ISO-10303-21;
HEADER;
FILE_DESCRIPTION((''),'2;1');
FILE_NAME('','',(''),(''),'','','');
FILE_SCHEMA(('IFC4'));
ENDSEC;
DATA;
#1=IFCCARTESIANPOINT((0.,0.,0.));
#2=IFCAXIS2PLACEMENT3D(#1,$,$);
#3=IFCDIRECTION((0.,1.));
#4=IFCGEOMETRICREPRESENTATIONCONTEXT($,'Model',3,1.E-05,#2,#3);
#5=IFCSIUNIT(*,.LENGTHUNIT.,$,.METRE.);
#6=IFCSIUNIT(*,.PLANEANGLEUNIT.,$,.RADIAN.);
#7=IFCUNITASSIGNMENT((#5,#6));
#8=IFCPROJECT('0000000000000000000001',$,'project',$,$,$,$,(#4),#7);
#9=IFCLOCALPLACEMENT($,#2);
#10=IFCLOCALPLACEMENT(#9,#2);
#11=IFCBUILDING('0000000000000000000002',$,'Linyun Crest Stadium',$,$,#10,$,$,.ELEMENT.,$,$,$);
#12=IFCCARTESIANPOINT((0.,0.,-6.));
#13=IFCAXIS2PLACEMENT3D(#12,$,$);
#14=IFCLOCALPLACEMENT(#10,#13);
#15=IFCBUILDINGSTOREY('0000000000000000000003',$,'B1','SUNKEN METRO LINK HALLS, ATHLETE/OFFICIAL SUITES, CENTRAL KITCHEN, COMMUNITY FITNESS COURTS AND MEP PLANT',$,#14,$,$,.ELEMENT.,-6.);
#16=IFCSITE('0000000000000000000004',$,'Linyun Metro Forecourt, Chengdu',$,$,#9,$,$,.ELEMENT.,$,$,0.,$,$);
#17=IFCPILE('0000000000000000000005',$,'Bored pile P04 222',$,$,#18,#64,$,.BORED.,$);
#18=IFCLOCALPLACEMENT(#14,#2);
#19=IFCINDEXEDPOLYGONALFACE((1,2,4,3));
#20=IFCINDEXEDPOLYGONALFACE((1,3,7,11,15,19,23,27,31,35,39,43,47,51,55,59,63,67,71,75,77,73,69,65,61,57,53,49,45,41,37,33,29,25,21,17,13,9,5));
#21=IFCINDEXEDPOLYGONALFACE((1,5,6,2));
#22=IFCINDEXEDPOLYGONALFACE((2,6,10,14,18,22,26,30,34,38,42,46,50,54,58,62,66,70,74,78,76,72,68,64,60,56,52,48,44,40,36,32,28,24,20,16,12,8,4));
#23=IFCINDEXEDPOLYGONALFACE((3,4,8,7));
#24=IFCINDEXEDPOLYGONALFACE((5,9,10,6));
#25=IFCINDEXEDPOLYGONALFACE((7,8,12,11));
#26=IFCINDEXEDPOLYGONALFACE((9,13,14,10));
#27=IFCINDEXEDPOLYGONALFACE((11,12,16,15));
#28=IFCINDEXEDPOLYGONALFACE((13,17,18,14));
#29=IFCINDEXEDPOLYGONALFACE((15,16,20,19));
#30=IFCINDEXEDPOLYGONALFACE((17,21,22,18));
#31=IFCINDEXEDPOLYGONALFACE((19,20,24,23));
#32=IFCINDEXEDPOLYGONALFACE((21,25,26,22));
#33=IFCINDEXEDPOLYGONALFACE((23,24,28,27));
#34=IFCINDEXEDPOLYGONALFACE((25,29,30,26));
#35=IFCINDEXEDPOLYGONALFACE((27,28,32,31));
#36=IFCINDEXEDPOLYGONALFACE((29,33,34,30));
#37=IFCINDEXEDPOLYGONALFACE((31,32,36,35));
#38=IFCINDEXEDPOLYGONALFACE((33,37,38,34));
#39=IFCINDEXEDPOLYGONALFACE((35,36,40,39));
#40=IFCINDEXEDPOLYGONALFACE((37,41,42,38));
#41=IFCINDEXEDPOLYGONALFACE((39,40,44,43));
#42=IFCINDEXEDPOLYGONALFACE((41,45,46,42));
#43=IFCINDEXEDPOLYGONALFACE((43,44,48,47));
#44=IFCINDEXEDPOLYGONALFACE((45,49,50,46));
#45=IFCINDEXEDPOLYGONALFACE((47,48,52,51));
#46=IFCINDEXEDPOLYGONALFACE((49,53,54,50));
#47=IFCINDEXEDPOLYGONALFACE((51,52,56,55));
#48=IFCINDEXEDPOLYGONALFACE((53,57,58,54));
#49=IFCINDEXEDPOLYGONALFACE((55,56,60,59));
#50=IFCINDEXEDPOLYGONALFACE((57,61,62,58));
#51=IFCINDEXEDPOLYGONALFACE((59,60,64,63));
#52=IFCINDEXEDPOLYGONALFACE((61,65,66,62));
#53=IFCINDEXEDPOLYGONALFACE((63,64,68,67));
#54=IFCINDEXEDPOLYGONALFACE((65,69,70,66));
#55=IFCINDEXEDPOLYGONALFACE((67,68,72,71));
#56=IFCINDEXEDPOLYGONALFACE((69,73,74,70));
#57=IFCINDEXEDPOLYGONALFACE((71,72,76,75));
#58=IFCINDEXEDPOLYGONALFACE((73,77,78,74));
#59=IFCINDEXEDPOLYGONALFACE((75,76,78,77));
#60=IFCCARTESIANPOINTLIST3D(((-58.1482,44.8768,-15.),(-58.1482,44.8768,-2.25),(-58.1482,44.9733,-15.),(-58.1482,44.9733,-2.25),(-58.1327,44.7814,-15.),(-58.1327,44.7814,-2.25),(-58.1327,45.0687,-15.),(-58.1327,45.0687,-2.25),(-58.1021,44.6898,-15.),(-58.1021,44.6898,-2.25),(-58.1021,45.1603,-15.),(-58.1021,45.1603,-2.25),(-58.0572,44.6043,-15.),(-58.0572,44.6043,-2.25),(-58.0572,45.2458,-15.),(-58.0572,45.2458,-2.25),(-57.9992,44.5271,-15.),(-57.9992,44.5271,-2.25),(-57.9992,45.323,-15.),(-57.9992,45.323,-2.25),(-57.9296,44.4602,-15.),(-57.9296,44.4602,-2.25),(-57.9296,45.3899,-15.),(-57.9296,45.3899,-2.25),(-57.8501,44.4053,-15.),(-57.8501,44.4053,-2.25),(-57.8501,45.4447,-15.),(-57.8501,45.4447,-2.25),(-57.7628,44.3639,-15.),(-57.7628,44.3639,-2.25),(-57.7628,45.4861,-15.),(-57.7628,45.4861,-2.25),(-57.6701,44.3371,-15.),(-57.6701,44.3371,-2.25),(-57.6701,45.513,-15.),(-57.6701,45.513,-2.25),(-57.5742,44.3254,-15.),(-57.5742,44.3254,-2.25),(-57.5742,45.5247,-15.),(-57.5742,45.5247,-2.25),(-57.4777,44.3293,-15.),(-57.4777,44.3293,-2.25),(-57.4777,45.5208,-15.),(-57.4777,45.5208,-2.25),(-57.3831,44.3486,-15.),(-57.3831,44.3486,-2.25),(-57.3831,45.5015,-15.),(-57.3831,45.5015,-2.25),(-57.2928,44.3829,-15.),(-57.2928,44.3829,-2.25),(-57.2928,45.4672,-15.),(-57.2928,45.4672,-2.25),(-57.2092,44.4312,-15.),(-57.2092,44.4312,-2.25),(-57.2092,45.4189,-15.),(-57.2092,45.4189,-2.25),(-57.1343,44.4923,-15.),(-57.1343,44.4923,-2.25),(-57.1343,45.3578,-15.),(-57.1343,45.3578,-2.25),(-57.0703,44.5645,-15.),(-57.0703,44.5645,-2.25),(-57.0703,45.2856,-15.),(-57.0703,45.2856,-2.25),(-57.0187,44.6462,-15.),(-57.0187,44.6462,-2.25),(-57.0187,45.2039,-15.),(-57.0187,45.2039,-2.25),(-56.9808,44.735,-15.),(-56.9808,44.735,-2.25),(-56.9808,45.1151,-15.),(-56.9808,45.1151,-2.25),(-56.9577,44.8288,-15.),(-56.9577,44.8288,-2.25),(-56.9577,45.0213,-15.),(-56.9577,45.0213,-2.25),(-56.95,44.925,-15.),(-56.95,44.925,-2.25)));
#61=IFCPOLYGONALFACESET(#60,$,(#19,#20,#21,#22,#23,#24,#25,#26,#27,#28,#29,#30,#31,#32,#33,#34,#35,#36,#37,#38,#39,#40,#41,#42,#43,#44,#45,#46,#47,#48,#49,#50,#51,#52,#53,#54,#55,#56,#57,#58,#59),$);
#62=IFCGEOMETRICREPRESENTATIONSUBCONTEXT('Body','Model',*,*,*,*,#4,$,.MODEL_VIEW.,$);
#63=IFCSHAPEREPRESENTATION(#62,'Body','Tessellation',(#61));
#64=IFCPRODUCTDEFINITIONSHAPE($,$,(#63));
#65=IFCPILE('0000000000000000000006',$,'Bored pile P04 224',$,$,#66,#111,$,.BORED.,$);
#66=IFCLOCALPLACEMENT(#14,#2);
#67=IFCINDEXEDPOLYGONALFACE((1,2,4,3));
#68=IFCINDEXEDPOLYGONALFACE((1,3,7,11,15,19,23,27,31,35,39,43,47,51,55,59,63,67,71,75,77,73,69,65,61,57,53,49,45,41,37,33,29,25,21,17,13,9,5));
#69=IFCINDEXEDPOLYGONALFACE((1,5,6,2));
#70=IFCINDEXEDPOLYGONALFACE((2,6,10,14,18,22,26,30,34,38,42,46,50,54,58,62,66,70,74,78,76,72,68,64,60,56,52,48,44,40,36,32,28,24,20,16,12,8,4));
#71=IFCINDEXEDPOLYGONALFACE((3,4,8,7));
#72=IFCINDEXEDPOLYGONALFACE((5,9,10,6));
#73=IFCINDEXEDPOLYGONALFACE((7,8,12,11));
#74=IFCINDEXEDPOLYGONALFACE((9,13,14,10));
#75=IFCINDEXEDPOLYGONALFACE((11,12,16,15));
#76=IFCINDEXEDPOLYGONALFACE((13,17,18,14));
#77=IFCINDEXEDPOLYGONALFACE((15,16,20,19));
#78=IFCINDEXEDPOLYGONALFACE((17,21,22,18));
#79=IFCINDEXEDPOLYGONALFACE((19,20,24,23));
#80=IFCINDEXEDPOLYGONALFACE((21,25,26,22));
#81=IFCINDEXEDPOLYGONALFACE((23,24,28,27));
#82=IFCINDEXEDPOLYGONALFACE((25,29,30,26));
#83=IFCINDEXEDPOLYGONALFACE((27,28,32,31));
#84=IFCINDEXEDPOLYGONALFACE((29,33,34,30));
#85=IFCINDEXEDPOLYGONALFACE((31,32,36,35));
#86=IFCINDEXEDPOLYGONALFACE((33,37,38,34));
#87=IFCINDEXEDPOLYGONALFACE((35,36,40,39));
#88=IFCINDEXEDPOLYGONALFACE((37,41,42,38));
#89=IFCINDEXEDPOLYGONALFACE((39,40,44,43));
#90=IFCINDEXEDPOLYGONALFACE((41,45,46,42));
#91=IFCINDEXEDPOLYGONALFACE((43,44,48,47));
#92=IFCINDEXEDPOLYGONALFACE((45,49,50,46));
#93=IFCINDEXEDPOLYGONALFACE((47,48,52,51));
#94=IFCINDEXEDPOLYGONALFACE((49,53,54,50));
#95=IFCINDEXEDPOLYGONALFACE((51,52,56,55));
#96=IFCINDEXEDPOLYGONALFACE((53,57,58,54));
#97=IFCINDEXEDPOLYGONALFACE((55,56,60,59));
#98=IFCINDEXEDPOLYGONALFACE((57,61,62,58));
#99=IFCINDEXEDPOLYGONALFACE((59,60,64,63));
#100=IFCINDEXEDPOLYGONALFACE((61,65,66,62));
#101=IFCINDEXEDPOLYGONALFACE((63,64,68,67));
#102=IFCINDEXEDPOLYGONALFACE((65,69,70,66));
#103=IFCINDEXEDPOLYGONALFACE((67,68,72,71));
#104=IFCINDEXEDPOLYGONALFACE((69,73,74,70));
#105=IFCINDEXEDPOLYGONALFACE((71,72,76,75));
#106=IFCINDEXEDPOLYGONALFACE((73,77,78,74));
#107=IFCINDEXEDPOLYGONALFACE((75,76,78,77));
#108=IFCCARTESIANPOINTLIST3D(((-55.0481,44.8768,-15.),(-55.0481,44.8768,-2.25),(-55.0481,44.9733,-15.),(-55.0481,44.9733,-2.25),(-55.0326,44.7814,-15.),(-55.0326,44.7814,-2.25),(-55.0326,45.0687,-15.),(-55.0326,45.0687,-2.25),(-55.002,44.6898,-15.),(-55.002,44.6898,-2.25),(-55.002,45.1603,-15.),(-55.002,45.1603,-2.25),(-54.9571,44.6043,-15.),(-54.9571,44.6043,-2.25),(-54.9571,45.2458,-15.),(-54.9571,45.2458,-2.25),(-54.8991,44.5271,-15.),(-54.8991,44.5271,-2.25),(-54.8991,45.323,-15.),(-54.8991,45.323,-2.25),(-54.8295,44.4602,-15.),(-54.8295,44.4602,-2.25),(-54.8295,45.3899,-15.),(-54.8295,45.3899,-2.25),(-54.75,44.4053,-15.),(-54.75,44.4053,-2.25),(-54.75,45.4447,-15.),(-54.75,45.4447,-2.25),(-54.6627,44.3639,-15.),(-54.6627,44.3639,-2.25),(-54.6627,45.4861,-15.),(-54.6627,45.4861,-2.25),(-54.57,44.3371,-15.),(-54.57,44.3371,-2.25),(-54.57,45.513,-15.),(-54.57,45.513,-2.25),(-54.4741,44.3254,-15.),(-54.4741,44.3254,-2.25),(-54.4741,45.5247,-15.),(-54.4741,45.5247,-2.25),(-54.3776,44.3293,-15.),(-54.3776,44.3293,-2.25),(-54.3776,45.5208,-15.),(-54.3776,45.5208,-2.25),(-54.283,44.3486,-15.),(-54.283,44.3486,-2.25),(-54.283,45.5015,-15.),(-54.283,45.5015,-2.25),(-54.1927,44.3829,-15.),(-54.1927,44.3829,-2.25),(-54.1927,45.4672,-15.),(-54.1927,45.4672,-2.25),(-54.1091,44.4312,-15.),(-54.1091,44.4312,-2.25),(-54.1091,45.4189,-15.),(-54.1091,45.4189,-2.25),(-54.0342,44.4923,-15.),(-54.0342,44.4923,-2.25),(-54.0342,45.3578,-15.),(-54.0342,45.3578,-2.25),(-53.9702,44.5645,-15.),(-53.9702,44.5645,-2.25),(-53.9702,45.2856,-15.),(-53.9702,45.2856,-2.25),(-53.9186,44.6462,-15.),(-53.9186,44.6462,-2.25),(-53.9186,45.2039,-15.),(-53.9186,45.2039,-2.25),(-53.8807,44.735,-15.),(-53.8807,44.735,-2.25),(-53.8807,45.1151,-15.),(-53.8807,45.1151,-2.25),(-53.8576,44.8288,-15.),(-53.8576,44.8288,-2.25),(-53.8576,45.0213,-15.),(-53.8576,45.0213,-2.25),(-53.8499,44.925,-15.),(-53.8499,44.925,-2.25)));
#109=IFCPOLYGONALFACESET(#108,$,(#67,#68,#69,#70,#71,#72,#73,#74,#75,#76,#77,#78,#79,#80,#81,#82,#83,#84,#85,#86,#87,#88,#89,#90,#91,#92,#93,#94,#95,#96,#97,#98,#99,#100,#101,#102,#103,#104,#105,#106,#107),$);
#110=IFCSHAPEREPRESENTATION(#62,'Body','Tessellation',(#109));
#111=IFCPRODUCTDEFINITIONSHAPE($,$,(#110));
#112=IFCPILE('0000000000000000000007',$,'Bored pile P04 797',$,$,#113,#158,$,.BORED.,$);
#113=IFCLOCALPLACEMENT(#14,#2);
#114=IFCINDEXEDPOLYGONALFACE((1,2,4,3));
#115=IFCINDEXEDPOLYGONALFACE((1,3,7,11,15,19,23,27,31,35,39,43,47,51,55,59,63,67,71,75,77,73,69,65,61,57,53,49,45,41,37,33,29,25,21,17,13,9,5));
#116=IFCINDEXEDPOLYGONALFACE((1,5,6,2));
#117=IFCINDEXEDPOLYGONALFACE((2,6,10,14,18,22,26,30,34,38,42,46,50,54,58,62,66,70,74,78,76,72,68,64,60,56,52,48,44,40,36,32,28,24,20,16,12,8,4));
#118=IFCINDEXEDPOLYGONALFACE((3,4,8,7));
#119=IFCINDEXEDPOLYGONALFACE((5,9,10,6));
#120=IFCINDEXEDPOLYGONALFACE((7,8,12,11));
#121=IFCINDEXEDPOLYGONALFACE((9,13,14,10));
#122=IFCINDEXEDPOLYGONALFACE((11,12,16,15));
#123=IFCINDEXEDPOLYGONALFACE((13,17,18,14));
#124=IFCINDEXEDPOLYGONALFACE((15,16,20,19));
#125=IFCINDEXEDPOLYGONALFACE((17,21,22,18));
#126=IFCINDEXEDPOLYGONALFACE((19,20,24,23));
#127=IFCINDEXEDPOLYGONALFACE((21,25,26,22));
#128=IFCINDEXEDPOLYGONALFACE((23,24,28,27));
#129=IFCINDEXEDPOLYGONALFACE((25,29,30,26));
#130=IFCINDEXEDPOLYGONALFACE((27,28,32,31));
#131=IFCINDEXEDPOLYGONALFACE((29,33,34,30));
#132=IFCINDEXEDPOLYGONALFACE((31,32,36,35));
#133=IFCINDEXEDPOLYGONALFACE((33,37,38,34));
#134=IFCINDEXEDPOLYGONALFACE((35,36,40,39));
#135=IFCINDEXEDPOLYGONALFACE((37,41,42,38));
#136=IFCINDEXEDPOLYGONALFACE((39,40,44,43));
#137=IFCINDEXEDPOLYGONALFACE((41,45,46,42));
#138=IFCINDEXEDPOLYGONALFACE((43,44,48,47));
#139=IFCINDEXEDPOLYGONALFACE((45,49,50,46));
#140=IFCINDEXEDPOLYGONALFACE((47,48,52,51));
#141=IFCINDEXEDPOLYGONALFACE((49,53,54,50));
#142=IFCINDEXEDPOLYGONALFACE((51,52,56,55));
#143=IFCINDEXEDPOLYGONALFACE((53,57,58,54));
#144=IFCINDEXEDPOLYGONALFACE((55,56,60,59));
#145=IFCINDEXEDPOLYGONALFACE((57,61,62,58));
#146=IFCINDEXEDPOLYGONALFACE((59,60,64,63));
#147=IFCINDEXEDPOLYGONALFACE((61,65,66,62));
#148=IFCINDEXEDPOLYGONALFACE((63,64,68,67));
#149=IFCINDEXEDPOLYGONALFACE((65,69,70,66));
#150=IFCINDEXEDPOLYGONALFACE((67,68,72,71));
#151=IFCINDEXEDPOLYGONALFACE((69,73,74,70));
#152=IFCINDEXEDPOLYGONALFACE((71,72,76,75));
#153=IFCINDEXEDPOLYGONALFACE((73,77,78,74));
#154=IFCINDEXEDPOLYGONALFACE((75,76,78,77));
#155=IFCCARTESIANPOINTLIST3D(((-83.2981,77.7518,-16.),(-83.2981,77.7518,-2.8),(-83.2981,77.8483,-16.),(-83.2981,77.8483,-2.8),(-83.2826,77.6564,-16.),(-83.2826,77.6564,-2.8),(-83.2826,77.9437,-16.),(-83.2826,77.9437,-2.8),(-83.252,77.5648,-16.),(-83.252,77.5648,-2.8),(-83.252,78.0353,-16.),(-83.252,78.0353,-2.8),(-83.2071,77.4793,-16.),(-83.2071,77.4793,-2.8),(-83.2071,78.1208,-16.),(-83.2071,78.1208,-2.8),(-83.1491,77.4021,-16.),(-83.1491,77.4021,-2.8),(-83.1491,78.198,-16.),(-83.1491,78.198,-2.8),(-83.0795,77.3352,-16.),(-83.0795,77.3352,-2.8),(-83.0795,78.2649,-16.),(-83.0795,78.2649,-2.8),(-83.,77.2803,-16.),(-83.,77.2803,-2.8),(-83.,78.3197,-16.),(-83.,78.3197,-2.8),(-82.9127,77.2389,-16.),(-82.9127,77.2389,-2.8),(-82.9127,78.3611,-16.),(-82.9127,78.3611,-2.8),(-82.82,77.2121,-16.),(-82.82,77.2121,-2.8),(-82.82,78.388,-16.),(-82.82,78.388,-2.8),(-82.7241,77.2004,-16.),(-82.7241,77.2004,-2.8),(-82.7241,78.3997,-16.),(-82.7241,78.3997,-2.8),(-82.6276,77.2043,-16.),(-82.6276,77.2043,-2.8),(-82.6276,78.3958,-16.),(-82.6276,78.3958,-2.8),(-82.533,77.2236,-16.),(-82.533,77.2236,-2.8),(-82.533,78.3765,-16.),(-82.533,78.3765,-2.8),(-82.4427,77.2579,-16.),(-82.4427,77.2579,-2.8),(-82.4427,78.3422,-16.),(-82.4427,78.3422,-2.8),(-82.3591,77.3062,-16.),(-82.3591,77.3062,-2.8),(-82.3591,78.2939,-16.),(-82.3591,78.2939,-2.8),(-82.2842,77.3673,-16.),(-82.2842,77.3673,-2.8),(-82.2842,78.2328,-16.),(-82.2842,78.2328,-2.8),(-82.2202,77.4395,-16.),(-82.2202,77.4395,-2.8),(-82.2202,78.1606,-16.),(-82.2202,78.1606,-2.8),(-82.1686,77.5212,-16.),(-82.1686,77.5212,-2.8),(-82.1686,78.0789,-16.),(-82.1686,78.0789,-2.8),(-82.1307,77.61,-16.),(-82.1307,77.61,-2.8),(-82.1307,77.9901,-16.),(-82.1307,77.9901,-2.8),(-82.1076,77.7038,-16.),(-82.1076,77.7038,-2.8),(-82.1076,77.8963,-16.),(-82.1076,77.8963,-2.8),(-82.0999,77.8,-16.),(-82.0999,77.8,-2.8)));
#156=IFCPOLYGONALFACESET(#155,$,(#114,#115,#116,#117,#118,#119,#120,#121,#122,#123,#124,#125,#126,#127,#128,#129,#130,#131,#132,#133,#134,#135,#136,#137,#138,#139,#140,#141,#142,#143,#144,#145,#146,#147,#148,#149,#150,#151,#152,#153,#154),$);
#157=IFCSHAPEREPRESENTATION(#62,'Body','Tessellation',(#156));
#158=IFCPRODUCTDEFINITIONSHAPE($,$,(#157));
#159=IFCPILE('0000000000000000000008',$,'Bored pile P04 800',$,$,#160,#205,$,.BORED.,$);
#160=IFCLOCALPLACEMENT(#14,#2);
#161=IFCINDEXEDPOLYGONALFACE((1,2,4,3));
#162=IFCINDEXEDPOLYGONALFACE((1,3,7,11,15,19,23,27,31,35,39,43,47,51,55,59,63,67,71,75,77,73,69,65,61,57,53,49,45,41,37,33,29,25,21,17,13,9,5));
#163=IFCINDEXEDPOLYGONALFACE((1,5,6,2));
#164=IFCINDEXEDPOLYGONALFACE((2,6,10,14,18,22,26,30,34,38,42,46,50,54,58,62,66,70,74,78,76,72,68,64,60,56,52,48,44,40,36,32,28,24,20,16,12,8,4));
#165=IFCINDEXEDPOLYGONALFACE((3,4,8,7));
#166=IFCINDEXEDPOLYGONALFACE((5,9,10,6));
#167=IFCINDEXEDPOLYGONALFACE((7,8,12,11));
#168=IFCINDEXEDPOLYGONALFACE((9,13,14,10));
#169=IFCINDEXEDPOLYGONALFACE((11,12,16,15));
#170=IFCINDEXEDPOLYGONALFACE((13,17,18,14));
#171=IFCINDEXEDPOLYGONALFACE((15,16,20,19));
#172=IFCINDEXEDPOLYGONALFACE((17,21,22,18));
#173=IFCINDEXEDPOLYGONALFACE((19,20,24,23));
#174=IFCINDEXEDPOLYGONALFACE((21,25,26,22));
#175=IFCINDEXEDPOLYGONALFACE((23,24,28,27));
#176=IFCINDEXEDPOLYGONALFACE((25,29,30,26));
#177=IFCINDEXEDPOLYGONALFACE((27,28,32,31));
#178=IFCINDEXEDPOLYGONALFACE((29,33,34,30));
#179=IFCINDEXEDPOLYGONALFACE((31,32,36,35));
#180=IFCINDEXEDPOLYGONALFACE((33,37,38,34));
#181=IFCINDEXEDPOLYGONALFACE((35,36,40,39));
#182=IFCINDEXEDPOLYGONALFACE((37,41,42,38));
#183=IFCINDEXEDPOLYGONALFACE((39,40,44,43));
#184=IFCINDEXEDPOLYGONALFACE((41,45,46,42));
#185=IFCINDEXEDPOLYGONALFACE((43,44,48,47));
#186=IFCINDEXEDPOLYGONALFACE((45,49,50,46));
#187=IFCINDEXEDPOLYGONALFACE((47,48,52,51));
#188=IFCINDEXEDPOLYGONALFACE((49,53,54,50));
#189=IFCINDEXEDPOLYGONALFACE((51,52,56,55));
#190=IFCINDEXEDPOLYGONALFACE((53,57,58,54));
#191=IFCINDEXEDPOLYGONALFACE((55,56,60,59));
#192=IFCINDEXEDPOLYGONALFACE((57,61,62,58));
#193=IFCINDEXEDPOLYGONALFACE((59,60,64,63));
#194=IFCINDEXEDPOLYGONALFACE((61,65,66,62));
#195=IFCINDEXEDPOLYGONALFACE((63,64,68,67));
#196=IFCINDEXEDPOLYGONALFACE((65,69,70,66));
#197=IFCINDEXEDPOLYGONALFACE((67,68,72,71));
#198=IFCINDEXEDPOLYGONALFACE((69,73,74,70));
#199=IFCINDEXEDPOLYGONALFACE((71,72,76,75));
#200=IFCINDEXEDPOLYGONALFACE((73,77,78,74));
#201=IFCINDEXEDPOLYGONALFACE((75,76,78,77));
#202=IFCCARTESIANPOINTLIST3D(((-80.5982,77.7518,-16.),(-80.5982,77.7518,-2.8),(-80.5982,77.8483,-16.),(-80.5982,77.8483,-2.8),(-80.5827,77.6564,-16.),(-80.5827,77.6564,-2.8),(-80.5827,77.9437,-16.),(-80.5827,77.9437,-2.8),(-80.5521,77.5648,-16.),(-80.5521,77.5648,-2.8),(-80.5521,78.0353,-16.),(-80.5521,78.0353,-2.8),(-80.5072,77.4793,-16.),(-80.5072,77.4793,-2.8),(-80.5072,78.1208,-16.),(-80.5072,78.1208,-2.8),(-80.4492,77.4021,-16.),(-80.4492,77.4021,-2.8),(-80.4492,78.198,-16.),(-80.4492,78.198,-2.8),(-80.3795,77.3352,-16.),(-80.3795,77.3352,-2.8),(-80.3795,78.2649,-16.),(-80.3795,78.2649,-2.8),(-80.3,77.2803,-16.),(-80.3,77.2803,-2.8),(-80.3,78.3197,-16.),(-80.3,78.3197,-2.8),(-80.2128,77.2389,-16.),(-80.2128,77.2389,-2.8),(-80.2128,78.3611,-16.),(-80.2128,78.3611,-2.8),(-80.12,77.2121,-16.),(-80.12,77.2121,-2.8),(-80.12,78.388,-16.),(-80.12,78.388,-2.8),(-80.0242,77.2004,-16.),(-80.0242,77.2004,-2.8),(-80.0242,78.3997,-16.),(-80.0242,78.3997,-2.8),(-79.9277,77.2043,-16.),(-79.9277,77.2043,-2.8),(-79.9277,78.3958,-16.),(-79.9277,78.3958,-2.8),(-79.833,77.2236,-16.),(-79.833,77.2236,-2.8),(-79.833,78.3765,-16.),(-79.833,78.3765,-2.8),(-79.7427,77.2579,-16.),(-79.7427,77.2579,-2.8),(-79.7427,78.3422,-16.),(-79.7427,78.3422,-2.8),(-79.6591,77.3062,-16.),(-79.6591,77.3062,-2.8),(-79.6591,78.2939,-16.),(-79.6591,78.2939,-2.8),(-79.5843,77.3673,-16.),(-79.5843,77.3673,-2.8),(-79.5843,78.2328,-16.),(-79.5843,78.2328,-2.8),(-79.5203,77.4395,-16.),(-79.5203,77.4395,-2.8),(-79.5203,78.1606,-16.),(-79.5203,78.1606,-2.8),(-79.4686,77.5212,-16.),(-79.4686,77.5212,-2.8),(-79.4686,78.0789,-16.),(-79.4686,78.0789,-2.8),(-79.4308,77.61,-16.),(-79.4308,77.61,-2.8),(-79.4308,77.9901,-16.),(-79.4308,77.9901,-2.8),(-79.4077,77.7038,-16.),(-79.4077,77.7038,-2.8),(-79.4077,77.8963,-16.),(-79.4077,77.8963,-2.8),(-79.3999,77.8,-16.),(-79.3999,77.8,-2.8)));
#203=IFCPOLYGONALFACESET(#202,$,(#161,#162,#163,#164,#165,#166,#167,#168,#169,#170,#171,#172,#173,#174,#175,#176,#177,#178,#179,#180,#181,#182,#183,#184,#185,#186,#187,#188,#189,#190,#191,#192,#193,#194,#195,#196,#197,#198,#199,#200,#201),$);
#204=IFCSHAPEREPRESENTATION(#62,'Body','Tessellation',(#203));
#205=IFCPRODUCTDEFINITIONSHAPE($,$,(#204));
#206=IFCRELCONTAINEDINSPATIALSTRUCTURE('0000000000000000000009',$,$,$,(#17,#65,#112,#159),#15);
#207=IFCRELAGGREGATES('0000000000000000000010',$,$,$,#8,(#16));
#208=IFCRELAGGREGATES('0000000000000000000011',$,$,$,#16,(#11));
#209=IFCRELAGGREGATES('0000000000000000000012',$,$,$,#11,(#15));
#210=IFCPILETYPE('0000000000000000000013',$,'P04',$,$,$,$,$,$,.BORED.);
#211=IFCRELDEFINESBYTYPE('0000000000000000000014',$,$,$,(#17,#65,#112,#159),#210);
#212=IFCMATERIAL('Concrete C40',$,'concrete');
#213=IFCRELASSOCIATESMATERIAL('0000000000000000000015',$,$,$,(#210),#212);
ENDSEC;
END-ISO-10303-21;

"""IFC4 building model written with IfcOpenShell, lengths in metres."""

from ifc_helpers import new_model, si_unit, direction, frame, origin, origin_2d, place, context, subcontext, project, spatial, circle, extrude, material, material_profile, profile_set, type_object, element, save


model = new_model("IFC4")

# Units and contexts
model_context = context("Model", 3, precision=1e-05, world=origin(), true_north=direction((0.0, 1.0)))
body_context = subcontext(model_context, "Body", "Model", "MODEL_VIEW")
ifc_project = project(units=[si_unit("LENGTHUNIT", "METRE"), si_unit("PLANEANGLEUNIT", "RADIAN")], contexts=[model_context])

# Site, building, storey
site_placement = place(None, origin())
site = spatial("IfcSite", under=ifc_project, at=site_placement, Name="Linyun Metro Forecourt, Chengdu", CompositionType="ELEMENT", RefElevation=0.0)
building_placement = place(site_placement, origin())
building = spatial("IfcBuilding", under=site, at=building_placement, Name="Linyun Crest Stadium", CompositionType="ELEMENT")
storey_placement = place(building_placement, frame((0.0, 0.0, -6.0)))
storey = spatial("IfcBuildingStorey", under=building, at=storey_placement, Name="B1", Description="SUNKEN METRO LINK HALLS, ATHLETE/OFFICIAL SUITES, CENTRAL KITCHEN, COMMUNITY FITNESS COURTS AND MEP PLANT", CompositionType="ELEMENT", Elevation=-6.0)

# Piles
ifc_material_1 = material(Name="Concrete C40", Category="concrete")
ifc_material_profile_1 = material_profile(ifc_material_1, circle(Radius=0.6001, at=origin_2d()), Name="BORED PILE 1200")
ifc_profile_set_1 = profile_set([ifc_material_profile_1], Name="Concrete C40")
pile_type = type_object("IfcPileType", Name="P04", PredefinedType="BORED", material=ifc_profile_set_1)
for number, where, z_axis, x_axis, name in (
    (1, (-57.55, 44.925, -2.25), (0.0, 0.0, -1.0), (1.0, 0.0, 0.0), "Bored pile P04 222"),
    (2, (-54.45, 44.925, -2.25), (0.0, 0.0, -1.0), (1.0, 0.0, 0.0), "Bored pile P04 224"),
):
    element("IfcPile", number, at=place(storey_placement, frame(where, z_axis=z_axis, x_axis=x_axis)), inside=storey, type_object=pile_type, Name=name, PredefinedType="BORED", context=body_context, shape_type="SweptSolid", body=[
        extrude(circle(Radius=0.6001, at=origin_2d()), origin(), (0.0, 0.0, 1.0), 12.75),
    ])
for number, where, z_axis, x_axis, name in (
    (3, (-82.7, 77.8, -2.8), (0.0, 0.0, -1.0), (1.0, 0.0, 0.0), "Bored pile P04 797"),
    (4, (-80.0, 77.8, -2.8), (0.0, 0.0, -1.0), (1.0, 0.0, 0.0), "Bored pile P04 800"),
):
    element("IfcPile", number, at=place(storey_placement, frame(where, z_axis=z_axis, x_axis=x_axis)), inside=storey, type_object=pile_type, Name=name, PredefinedType="BORED", context=body_context, shape_type="SweptSolid", body=[
        extrude(circle(Radius=0.6001, at=origin_2d()), origin(), (0.0, 0.0, 1.0), 13.2),
    ])

save(model, "model.ifc")
